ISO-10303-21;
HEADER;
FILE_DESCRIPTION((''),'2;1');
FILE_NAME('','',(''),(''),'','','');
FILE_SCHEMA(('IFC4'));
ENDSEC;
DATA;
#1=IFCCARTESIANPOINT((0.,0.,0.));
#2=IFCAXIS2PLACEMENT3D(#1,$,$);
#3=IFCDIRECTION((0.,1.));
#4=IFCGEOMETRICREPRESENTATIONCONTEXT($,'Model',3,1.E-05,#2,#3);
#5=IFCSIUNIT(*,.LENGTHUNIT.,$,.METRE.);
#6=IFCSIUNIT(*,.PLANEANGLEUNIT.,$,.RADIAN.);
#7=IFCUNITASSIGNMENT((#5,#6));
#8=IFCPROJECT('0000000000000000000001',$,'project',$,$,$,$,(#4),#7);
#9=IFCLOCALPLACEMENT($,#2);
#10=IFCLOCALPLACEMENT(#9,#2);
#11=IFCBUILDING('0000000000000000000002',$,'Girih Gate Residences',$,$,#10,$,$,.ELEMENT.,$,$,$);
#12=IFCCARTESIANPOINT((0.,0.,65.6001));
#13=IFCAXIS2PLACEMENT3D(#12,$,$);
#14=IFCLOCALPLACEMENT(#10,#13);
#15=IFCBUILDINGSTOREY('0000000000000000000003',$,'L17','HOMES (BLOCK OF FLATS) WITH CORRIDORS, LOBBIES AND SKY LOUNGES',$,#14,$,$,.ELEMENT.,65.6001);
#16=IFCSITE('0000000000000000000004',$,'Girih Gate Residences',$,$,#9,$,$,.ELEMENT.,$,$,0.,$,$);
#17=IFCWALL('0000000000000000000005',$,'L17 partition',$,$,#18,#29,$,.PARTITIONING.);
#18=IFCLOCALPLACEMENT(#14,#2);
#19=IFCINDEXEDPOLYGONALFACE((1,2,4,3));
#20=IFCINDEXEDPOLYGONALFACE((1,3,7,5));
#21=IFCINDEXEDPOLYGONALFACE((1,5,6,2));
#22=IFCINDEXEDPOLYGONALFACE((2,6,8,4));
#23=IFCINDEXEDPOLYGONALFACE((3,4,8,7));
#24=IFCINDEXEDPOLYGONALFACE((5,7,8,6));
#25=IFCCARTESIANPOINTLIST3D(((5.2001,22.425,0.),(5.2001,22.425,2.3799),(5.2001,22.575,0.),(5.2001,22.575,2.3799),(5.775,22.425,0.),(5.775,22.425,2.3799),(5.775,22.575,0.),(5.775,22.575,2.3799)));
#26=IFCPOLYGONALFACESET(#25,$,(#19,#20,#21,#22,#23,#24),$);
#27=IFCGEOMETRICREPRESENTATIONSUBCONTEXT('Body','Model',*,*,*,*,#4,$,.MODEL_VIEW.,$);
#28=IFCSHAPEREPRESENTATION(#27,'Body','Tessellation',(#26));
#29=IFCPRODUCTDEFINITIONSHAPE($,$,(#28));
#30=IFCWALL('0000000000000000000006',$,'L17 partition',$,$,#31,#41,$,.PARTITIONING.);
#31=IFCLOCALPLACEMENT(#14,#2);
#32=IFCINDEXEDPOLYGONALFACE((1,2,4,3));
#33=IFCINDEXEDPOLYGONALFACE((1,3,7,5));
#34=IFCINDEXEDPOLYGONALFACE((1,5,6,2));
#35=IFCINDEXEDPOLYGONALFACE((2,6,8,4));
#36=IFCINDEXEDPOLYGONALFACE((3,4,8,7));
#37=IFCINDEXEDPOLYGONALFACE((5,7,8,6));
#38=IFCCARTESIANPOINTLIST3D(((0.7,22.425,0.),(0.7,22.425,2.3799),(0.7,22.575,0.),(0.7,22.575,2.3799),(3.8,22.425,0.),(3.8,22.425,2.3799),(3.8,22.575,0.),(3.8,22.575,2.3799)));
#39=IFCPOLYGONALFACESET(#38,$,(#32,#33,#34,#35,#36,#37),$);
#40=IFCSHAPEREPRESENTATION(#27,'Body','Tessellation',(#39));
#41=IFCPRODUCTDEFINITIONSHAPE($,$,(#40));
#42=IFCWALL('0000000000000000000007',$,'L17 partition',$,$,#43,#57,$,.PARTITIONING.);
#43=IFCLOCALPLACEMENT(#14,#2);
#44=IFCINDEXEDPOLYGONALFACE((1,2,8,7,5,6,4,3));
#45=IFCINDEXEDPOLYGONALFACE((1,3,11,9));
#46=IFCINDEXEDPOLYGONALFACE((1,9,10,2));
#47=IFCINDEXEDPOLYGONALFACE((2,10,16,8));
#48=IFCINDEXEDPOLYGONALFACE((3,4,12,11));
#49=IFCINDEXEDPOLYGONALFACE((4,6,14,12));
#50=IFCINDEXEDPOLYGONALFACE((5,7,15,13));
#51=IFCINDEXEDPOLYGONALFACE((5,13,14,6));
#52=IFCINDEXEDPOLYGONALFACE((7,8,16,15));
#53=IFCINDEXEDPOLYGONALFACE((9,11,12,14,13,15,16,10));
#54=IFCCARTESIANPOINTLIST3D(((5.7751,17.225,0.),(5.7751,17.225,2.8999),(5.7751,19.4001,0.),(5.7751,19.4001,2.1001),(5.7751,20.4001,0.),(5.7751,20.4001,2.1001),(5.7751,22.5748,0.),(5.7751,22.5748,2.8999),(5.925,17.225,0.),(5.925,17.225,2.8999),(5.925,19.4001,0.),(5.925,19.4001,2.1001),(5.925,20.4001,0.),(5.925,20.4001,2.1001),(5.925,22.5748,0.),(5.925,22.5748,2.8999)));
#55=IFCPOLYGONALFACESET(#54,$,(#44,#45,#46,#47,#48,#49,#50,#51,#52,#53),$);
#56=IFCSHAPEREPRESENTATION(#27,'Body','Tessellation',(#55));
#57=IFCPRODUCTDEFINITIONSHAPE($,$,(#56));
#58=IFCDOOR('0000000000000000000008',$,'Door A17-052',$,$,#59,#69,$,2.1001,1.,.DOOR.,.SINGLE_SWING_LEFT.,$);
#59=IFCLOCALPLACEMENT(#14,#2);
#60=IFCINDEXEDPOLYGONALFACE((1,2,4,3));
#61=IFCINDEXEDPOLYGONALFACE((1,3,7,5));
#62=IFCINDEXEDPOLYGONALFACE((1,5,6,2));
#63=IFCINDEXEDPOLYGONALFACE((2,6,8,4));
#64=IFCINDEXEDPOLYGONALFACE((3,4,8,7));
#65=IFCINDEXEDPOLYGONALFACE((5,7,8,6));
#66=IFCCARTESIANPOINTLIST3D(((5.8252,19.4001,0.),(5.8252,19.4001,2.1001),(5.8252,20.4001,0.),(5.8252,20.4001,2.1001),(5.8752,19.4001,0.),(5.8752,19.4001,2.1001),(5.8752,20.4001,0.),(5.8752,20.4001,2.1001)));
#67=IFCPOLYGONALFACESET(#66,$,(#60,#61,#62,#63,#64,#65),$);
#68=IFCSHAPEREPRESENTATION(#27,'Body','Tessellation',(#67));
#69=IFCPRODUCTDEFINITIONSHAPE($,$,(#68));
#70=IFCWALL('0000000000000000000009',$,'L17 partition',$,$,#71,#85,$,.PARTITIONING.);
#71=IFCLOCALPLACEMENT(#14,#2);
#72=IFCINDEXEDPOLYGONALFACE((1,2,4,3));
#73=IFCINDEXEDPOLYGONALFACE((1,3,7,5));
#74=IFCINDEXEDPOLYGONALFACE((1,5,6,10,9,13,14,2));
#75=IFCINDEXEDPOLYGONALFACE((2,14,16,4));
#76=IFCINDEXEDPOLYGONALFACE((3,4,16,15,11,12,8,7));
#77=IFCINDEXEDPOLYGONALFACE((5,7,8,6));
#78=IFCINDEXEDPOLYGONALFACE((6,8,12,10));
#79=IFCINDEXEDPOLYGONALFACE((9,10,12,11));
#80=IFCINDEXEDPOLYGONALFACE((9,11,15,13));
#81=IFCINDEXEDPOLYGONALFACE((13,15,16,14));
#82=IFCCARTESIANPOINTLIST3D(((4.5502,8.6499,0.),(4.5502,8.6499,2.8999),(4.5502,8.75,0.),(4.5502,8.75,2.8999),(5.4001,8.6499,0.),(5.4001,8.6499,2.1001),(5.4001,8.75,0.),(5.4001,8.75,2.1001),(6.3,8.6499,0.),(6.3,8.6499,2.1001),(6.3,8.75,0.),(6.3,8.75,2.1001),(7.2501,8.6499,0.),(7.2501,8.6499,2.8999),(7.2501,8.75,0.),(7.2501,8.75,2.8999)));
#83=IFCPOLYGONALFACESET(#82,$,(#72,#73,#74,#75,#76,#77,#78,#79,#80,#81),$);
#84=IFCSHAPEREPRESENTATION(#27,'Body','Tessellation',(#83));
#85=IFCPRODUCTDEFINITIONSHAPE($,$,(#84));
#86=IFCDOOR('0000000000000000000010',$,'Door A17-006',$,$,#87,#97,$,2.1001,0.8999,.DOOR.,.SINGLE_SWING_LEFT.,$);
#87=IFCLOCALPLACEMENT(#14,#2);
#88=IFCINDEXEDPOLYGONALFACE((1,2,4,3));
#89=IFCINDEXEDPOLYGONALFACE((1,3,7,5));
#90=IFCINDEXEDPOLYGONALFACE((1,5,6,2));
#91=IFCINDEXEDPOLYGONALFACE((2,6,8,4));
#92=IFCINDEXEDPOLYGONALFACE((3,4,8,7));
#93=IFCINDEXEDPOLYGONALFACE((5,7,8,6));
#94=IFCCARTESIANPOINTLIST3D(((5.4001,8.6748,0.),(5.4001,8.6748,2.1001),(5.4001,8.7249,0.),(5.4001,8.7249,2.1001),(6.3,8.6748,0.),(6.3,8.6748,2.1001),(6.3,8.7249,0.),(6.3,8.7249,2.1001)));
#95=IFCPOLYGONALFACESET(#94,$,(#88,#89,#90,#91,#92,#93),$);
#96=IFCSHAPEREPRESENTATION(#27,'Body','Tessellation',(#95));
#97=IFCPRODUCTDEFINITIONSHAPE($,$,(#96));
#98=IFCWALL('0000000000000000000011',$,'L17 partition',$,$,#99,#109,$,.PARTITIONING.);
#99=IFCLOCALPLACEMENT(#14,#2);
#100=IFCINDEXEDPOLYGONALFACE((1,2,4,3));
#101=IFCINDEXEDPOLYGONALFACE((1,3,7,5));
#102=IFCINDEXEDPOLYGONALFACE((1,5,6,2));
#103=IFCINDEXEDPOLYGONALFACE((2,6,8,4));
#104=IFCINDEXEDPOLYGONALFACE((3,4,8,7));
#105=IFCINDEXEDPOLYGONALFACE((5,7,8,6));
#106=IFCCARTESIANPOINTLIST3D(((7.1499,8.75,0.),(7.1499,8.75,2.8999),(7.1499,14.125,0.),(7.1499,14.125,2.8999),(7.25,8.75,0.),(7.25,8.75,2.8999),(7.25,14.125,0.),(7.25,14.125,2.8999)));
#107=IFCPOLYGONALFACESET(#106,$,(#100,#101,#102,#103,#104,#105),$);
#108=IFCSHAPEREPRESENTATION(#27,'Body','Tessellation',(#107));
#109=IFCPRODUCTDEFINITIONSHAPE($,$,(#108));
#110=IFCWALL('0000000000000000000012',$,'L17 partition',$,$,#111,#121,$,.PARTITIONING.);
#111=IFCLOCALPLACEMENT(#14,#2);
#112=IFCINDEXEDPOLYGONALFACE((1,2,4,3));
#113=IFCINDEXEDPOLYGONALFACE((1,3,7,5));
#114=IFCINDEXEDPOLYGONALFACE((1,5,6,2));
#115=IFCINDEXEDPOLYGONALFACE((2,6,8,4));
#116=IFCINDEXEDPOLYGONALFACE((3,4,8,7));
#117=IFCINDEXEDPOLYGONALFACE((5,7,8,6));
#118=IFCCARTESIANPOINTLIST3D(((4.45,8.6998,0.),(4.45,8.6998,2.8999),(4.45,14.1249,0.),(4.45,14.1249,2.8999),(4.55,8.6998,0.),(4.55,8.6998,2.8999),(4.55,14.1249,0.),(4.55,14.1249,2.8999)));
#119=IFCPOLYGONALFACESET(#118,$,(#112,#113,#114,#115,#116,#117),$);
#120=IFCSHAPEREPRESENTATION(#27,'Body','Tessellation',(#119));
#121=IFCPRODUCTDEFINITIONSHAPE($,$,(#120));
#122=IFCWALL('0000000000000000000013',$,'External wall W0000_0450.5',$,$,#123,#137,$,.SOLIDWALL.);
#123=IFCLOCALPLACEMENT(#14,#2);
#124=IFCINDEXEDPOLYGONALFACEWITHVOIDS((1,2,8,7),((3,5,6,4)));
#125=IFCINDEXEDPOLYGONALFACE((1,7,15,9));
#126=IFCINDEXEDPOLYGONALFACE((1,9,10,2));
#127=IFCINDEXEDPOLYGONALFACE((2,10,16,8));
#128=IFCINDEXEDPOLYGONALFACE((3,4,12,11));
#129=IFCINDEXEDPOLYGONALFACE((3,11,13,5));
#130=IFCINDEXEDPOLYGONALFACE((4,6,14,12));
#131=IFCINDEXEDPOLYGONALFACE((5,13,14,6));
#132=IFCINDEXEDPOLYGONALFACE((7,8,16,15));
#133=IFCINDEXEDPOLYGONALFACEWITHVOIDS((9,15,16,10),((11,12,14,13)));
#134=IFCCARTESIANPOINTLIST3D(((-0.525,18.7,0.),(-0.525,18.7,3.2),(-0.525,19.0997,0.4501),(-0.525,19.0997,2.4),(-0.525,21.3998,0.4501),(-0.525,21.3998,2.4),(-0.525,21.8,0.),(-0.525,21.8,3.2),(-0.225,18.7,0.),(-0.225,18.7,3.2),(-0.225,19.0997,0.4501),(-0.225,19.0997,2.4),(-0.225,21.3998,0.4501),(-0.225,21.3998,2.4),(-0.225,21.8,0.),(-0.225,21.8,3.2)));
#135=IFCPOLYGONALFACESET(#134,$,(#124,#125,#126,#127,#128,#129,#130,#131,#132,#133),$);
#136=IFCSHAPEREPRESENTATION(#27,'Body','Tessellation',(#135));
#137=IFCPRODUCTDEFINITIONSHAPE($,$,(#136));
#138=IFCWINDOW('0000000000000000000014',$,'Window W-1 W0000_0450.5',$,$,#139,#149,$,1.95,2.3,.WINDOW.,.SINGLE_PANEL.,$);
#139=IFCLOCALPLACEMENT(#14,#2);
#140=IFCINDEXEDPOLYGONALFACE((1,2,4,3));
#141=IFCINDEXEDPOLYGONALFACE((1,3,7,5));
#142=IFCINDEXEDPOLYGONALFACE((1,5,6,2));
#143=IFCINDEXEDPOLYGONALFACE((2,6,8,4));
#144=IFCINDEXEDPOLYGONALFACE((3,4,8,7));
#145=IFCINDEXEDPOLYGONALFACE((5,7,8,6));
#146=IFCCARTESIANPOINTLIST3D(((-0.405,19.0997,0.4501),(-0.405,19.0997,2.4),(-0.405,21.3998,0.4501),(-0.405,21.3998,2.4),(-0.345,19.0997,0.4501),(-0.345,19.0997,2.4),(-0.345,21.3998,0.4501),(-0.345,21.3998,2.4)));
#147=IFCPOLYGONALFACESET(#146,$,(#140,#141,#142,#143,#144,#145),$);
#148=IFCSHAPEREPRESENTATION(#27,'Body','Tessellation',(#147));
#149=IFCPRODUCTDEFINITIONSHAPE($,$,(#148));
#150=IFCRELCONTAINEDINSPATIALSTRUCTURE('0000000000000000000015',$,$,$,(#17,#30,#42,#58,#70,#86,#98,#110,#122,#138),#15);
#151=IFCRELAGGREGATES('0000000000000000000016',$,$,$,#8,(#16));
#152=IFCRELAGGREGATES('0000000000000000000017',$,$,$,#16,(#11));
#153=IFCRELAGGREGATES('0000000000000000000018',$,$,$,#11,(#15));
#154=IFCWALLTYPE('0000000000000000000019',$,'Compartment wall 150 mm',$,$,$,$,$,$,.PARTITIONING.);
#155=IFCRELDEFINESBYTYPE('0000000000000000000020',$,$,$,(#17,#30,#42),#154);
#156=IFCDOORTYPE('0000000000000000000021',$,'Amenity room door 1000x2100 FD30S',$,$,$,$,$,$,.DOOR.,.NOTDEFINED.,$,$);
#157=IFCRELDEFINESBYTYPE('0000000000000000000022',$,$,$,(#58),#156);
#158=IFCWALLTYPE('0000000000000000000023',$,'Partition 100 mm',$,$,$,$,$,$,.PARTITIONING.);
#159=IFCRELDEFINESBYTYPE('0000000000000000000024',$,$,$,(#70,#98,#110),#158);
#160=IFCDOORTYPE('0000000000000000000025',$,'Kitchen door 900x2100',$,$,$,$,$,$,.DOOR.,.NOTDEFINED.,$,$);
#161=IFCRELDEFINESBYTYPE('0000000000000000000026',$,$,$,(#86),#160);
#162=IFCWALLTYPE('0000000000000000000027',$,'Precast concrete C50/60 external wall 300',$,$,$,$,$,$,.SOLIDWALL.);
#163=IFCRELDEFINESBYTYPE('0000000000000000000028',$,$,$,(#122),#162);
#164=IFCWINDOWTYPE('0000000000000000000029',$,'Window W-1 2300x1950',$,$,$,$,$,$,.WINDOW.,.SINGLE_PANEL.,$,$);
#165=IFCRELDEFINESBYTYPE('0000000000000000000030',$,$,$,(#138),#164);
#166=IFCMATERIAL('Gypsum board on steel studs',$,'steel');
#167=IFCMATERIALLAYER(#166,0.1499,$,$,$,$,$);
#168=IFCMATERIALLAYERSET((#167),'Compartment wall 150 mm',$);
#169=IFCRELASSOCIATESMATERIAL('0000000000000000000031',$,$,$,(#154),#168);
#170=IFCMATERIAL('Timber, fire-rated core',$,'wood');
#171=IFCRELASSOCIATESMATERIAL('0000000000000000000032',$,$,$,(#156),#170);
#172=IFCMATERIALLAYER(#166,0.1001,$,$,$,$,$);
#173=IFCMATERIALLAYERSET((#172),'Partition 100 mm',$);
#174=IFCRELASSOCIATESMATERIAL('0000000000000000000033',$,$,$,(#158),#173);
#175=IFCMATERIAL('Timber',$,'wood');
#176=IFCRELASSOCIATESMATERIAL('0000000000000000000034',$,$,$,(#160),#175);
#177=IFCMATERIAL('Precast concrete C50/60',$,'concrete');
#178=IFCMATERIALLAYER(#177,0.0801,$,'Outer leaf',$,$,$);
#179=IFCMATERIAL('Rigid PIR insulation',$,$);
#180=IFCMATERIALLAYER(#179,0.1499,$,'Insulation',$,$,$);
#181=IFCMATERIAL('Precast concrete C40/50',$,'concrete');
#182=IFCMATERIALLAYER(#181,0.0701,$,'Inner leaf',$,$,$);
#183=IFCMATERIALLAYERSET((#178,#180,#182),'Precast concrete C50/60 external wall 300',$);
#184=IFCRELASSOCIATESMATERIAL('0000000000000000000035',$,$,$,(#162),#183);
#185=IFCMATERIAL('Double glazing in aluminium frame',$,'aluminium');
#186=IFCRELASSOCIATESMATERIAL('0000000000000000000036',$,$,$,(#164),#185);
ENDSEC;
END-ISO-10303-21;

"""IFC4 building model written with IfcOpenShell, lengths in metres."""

from ifc_helpers import new_model, si_unit, direction, frame, frame_2d, origin, place, context, subcontext, project, spatial, rectangle, extrude, material, layer, layer_set, type_object, element, fill, save


model = new_model("IFC4")

# Units and contexts
model_context = context("Model", 3, precision=1e-05, world=origin(), true_north=direction((0.0, 1.0)))
body_context = subcontext(model_context, "Body", "Model", "MODEL_VIEW")
ifc_project = project(units=[si_unit("LENGTHUNIT", "METRE"), si_unit("PLANEANGLEUNIT", "RADIAN")], contexts=[model_context])

# Site, building, storey
site_placement = place(None, origin())
site = spatial("IfcSite", under=ifc_project, at=site_placement, Name="Girih Gate Residences", CompositionType="ELEMENT", RefElevation=0.0)
building_placement = place(site_placement, origin())
building = spatial("IfcBuilding", under=site, at=building_placement, Name="Girih Gate Residences", CompositionType="ELEMENT")
storey_placement = place(building_placement, frame((0.0, 0.0, 65.6001)))
storey = spatial("IfcBuildingStorey", under=building, at=storey_placement, Name="L17", Description="HOMES (BLOCK OF FLATS) WITH CORRIDORS, LOBBIES AND SKY LOUNGES", CompositionType="ELEMENT", Elevation=65.6001)

# Shared definitions
ifc_material_1 = material(Name="Gypsum board on steel studs", Category="steel")
ifc_layer_1 = layer(ifc_material_1, 0.1499)
ifc_layer_set_1 = layer_set([ifc_layer_1], Name="Compartment wall 150 mm")
wall_type_1 = type_object("IfcWallType", Name="Compartment wall 150 mm", PredefinedType="PARTITIONING", material=ifc_layer_set_1)

# Shared definitions
ifc_material_2 = material(Name="Timber", Category="wood")

# Walls
wall_1_placement = place(storey_placement, frame((5.2, 22.5, 0.0), z_axis=(0.0, 0.0, 1.0), x_axis=(1.0, 0.0, 0.0)))
element("IfcWall", 1, at=wall_1_placement, inside=storey, type_object=wall_type_1, Name="L17 partition", PredefinedType="PARTITIONING", context=body_context, shape_type="SweptSolid", body=[
    extrude(rectangle(XDim=0.575, YDim=0.1499, at=frame_2d((0.2876, 0.0))), origin(), (0.0, 0.0, 1.0), 2.3799),
])
wall_2_placement = place(storey_placement, frame((0.7, 22.5, 0.0), z_axis=(0.0, 0.0, 1.0), x_axis=(1.0, 0.0, 0.0)))
element("IfcWall", 2, at=wall_2_placement, inside=storey, type_object=wall_type_1, Name="L17 partition", PredefinedType="PARTITIONING", context=body_context, shape_type="SweptSolid", body=[
    extrude(rectangle(XDim=3.1001, YDim=0.1499, at=frame_2d((1.55, 0.0))), origin(), (0.0, 0.0, 1.0), 2.3799),
])

# Walls, openings, doors
wall_3_placement = place(storey_placement, frame((5.8501, 17.2251, 0.0), z_axis=(0.0, 0.0, 1.0), x_axis=(0.0, 1.0, 0.0)))
wall_3 = element("IfcWall", 3, at=wall_3_placement, inside=storey, type_object=wall_type_1, Name="L17 partition", PredefinedType="PARTITIONING", context=body_context, shape_type="SweptSolid", body=[
    extrude(rectangle(XDim=5.3499, YDim=0.1499, at=frame_2d((2.6748, 0.0))), origin(), (0.0, 0.0, 1.0), 2.8999),
])
opening_1_placement = place(wall_3_placement, frame((2.175, 0.0, 0.0)))
opening_1 = element("IfcOpeningElement", 4, at=opening_1_placement, cuts=wall_3, PredefinedType="OPENING", context=body_context, shape_type="SweptSolid", body=[
    extrude(rectangle(XDim=1.0, YDim=2.1001, at=frame_2d((0.5, 1.05))), frame((0.0, 0.085, 0.0), z_axis=(0.0, -1.0, 0.0), x_axis=(1.0, 0.0, 0.0)), (0.0, 0.0, 1.0), 0.1699),
])
ifc_material_3 = material(Name="Timber, fire-rated core", Category="wood")
door_type_1 = type_object("IfcDoorType", Name="Amenity room door 1000x2100 FD30S", OperationType="NOTDEFINED", PredefinedType="DOOR", material=ifc_material_3)
door_1_placement = place(opening_1_placement, origin())
door_1 = element("IfcDoor", 5, at=door_1_placement, inside=storey, type_object=door_type_1, Name="Door A17-052", OperationType="SINGLE_SWING_LEFT", OverallHeight=2.1001, OverallWidth=1.0, PredefinedType="DOOR", context=body_context, shape_type="SweptSolid", body=[
    extrude(rectangle(XDim=1.0, YDim=2.1001, at=frame_2d((0.5, 1.05))), frame((0.0, 0.0249, 0.0), z_axis=(0.0, -1.0, 0.0), x_axis=(1.0, 0.0, 0.0)), (0.0, 0.0, 1.0), 0.05),
])
fill(opening_1, door_1)
ifc_layer_2 = layer(ifc_material_1, 0.1001)
ifc_layer_set_2 = layer_set([ifc_layer_2], Name="Partition 100 mm")
wall_type_2 = type_object("IfcWallType", Name="Partition 100 mm", PredefinedType="PARTITIONING", material=ifc_layer_set_2)
wall_4_placement = place(storey_placement, frame((4.55, 8.7, 0.0), z_axis=(0.0, 0.0, 1.0), x_axis=(1.0, 0.0, 0.0)))
wall_4 = element("IfcWall", 6, at=wall_4_placement, inside=storey, type_object=wall_type_2, Name="L17 partition", PredefinedType="PARTITIONING", context=body_context, shape_type="SweptSolid", body=[
    extrude(rectangle(XDim=2.7, YDim=0.1001, at=frame_2d((1.3501, 0.0))), origin(), (0.0, 0.0, 1.0), 2.8999),
])
opening_2_placement = place(wall_4_placement, frame((0.8501, 0.0, 0.0)))
opening_2 = element("IfcOpeningElement", 7, at=opening_2_placement, cuts=wall_4, PredefinedType="OPENING", context=body_context, shape_type="SweptSolid", body=[
    extrude(rectangle(XDim=0.8999, YDim=2.1001, at=frame_2d((0.45, 1.05))), frame((0.0, 0.0601, 0.0), z_axis=(0.0, -1.0, 0.0), x_axis=(1.0, 0.0, 0.0)), (0.0, 0.0, 1.0), 0.1201),
])
door_type_2 = type_object("IfcDoorType", Name="Kitchen door 900x2100", OperationType="NOTDEFINED", PredefinedType="DOOR", material=ifc_material_2)
door_2_placement = place(opening_2_placement, origin())
door_2 = element("IfcDoor", 8, at=door_2_placement, inside=storey, type_object=door_type_2, Name="Door A17-006", OperationType="SINGLE_SWING_LEFT", OverallHeight=2.1001, OverallWidth=0.8999, PredefinedType="DOOR", context=body_context, shape_type="SweptSolid", body=[
    extrude(rectangle(XDim=0.8999, YDim=2.1001, at=frame_2d((0.45, 1.05))), frame((0.0, 0.0249, 0.0), z_axis=(0.0, -1.0, 0.0), x_axis=(1.0, 0.0, 0.0)), (0.0, 0.0, 1.0), 0.05),
])
fill(opening_2, door_2)

# Walls
wall_5_placement = place(storey_placement, frame((7.2, 8.75, 0.0), z_axis=(0.0, 0.0, 1.0), x_axis=(0.0, 1.0, 0.0)))
element("IfcWall", 9, at=wall_5_placement, inside=storey, type_object=wall_type_2, Name="L17 partition", PredefinedType="PARTITIONING", context=body_context, shape_type="SweptSolid", body=[
    extrude(rectangle(XDim=5.375, YDim=0.1001, at=frame_2d((2.6875, 0.0))), origin(), (0.0, 0.0, 1.0), 2.8999),
])
wall_6_placement = place(storey_placement, frame((4.5, 8.7, 0.0), z_axis=(0.0, 0.0, 1.0), x_axis=(0.0, 1.0, 0.0)))
element("IfcWall", 10, at=wall_6_placement, inside=storey, type_object=wall_type_2, Name="L17 partition", PredefinedType="PARTITIONING", context=body_context, shape_type="SweptSolid", body=[
    extrude(rectangle(XDim=5.425, YDim=0.1001, at=frame_2d((2.7124, 0.0))), origin(), (0.0, 0.0, 1.0), 2.8999),
])

# Wall, opening, window
ifc_material_4 = material(Name="Precast concrete C50/60", Category="concrete")
ifc_layer_3 = layer(ifc_material_4, 0.0801, Name="Outer leaf")
ifc_material_5 = material(Name="Rigid PIR insulation")
ifc_layer_4 = layer(ifc_material_5, 0.1499, Name="Insulation")
ifc_material_6 = material(Name="Precast concrete C40/50", Category="concrete")
ifc_layer_5 = layer(ifc_material_6, 0.0701, Name="Inner leaf")
ifc_layer_set_3 = layer_set([ifc_layer_3, ifc_layer_4, ifc_layer_5], Name="Precast concrete C50/60 external wall 300")
wall_type_3 = type_object("IfcWallType", Name="Precast concrete C50/60 external wall 300", PredefinedType="SOLIDWALL", material=ifc_layer_set_3)
wall_7_placement = place(storey_placement, frame((-0.375, 18.7, 0.0), z_axis=(0.0, 0.0, 1.0), x_axis=(0.0, 1.0, 0.0)))
wall_7 = element("IfcWall", 11, at=wall_7_placement, inside=storey, type_object=wall_type_3, Name="External wall W0000_0450.5", PredefinedType="SOLIDWALL", context=body_context, shape_type="SweptSolid", body=[
    extrude(rectangle(XDim=3.1001, YDim=0.3, at=frame_2d((1.55, 0.0))), origin(), (0.0, 0.0, 1.0), 3.2),
])
opening_3_placement = place(wall_7_placement, frame((0.3999, 0.0, 0.45)))
opening_3 = element("IfcOpeningElement", 12, at=opening_3_placement, cuts=wall_7, PredefinedType="OPENING", context=body_context, shape_type="SweptSolid", body=[
    extrude(rectangle(XDim=2.3, YDim=1.95, at=frame_2d((1.1499, 0.9751))), frame((0.0, 0.1599, 0.0), z_axis=(0.0, -1.0, 0.0), x_axis=(1.0, 0.0, 0.0)), (0.0, 0.0, 1.0), 0.3201),
])
ifc_material_7 = material(Name="Double glazing in aluminium frame", Category="aluminium")
window_type = type_object("IfcWindowType", Name="Window W-1 2300x1950", PartitioningType="SINGLE_PANEL", PredefinedType="WINDOW", material=ifc_material_7)
window_1_placement = place(opening_3_placement, origin())
window_1 = element("IfcWindow", 13, at=window_1_placement, inside=storey, type_object=window_type, Name="Window W-1 W0000_0450.5", OverallHeight=1.95, OverallWidth=2.3, PartitioningType="SINGLE_PANEL", PredefinedType="WINDOW", context=body_context, shape_type="SweptSolid", body=[
    extrude(rectangle(XDim=2.3, YDim=1.95, at=frame_2d((1.1499, 0.9751))), frame((0.0, 0.03, 0.0), z_axis=(0.0, -1.0, 0.0), x_axis=(1.0, 0.0, 0.0)), (0.0, 0.0, 1.0), 0.0601),
])
fill(opening_3, window_1)

save(model, "model.ifc")
